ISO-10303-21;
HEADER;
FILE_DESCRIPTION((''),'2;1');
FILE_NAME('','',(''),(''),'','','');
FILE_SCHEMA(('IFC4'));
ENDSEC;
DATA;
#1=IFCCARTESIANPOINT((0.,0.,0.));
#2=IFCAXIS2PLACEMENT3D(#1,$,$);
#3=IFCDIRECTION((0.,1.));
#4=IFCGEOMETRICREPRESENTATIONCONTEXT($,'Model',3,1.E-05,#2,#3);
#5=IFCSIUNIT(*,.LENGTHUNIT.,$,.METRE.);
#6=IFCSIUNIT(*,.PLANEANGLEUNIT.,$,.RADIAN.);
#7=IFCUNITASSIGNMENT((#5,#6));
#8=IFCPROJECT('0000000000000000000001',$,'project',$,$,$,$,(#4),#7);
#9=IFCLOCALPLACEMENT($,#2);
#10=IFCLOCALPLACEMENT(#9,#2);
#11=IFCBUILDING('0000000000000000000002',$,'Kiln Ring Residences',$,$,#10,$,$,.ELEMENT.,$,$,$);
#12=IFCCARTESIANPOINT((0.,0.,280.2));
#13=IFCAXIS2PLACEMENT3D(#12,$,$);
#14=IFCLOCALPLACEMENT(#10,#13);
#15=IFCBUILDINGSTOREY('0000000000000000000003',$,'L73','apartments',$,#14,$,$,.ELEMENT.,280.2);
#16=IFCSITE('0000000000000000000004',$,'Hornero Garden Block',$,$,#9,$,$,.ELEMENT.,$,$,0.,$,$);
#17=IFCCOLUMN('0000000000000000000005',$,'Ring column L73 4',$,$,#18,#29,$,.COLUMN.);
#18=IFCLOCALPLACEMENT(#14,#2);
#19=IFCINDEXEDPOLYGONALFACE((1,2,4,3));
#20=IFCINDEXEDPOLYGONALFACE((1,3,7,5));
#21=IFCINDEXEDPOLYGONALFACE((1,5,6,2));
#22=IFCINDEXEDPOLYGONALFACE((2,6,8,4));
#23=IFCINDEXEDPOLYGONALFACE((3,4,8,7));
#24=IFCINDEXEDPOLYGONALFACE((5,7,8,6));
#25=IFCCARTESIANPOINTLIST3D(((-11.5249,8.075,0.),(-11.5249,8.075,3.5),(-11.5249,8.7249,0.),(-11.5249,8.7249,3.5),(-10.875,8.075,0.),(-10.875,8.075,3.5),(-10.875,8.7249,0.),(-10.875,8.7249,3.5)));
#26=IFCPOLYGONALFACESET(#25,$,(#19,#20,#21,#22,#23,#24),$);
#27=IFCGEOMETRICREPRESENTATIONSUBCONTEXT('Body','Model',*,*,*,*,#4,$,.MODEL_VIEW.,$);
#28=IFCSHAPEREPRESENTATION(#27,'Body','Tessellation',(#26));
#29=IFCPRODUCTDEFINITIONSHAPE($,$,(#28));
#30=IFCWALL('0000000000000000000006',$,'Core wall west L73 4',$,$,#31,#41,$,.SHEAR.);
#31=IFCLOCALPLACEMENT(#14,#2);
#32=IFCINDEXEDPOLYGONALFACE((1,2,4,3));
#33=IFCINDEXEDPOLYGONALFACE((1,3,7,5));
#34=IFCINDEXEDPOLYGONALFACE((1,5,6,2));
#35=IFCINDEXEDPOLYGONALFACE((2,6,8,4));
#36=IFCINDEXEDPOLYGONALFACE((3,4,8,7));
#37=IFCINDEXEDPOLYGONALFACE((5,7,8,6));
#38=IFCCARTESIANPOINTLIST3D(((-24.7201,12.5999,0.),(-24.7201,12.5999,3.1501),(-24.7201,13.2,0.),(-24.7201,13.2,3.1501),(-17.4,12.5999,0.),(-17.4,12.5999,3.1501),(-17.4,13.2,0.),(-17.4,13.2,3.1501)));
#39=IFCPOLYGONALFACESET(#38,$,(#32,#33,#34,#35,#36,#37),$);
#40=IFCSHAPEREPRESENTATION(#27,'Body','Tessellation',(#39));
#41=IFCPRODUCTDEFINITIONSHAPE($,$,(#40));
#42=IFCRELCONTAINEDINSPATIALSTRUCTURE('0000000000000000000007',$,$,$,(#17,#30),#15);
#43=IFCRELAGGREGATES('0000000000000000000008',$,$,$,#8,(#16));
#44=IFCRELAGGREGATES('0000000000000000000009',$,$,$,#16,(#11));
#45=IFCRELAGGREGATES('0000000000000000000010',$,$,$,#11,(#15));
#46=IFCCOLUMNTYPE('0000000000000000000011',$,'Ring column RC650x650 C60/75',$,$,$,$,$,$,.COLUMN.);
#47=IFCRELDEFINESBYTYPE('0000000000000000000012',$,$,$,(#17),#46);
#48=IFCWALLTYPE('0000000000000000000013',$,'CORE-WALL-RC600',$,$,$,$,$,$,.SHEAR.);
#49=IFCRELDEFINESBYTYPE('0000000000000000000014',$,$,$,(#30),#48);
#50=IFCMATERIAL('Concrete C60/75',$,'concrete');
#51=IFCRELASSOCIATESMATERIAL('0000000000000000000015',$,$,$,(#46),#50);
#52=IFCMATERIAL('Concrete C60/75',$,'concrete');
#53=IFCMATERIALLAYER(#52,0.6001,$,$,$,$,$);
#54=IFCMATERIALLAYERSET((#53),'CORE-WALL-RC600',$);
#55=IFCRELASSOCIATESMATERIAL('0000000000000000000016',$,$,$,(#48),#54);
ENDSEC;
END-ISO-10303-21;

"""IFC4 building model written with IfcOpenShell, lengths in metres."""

from ifc_helpers import new_model, si_unit, direction, frame, frame_2d, origin, origin_2d, place, context, subcontext, project, spatial, rectangle, extrude, material, layer, layer_set, material_profile, profile_set, type_object, element, save


model = new_model("IFC4")

# Units and contexts
model_context = context("Model", 3, precision=1e-05, world=origin(), true_north=direction((0.0, 1.0)))
body_context = subcontext(model_context, "Body", "Model", "MODEL_VIEW")
ifc_project = project(units=[si_unit("LENGTHUNIT", "METRE"), si_unit("PLANEANGLEUNIT", "RADIAN")], contexts=[model_context])

# Site, building, storey
site_placement = place(None, origin())
site = spatial("IfcSite", under=ifc_project, at=site_placement, Name="Hornero Garden Block", CompositionType="ELEMENT", RefElevation=0.0)
building_placement = place(site_placement, origin())
building = spatial("IfcBuilding", under=site, at=building_placement, Name="Kiln Ring Residences", CompositionType="ELEMENT")
storey_placement = place(building_placement, frame((0.0, 0.0, 280.2)))
storey = spatial("IfcBuildingStorey", under=building, at=storey_placement, Name="L73", Description="apartments", CompositionType="ELEMENT", Elevation=280.2)

# Column
ifc_material_1 = material(Name="Concrete C60/75", Category="concrete")
ifc_material_profile = material_profile(ifc_material_1, rectangle(XDim=0.6499, YDim=0.6499, at=origin_2d()), Name="RC650x650")
ifc_profile_set = profile_set([ifc_material_profile], Name="Concrete C60/75")
column_type = type_object("IfcColumnType", Name="Ring column RC650x650 C60/75", PredefinedType="COLUMN", material=ifc_profile_set)
column_placement = place(storey_placement, frame((-11.2, 8.3999, 0.0), z_axis=(0.0, 0.0, 1.0), x_axis=(1.0, 0.0, 0.0)))
element("IfcColumn", 1, at=column_placement, inside=storey, type_object=column_type, Name="Ring column L73 4", PredefinedType="COLUMN", context=body_context, shape_type="SweptSolid", body=[
    extrude(rectangle(XDim=0.6499, YDim=0.6499, at=origin_2d()), origin(), (0.0, 0.0, 1.0), 3.5),
])

# Wall
ifc_material_2 = material(Name="Concrete C60/75", Category="concrete")
ifc_layer_1 = layer(ifc_material_2, 0.6001)
ifc_layer_set_1 = layer_set([ifc_layer_1], Name="CORE-WALL-RC600")
wall_type_1 = type_object("IfcWallType", Name="CORE-WALL-RC600", PredefinedType="SHEAR", material=ifc_layer_set_1)
wall_1_placement = place(storey_placement, frame((-17.3999, 12.8999, 0.0), z_axis=(0.0, 0.0, 1.0), x_axis=(-1.0, 0.0, 0.0)))
element("IfcWall", 2, at=wall_1_placement, inside=storey, type_object=wall_type_1, Name="Core wall west L73 4", PredefinedType="SHEAR", context=body_context, shape_type="SweptSolid", body=[
    extrude(rectangle(XDim=7.3201, YDim=0.6001, at=frame_2d((3.6602, 0.0))), origin(), (0.0, 0.0, 1.0), 3.1501),
])

save(model, "model.ifc")
